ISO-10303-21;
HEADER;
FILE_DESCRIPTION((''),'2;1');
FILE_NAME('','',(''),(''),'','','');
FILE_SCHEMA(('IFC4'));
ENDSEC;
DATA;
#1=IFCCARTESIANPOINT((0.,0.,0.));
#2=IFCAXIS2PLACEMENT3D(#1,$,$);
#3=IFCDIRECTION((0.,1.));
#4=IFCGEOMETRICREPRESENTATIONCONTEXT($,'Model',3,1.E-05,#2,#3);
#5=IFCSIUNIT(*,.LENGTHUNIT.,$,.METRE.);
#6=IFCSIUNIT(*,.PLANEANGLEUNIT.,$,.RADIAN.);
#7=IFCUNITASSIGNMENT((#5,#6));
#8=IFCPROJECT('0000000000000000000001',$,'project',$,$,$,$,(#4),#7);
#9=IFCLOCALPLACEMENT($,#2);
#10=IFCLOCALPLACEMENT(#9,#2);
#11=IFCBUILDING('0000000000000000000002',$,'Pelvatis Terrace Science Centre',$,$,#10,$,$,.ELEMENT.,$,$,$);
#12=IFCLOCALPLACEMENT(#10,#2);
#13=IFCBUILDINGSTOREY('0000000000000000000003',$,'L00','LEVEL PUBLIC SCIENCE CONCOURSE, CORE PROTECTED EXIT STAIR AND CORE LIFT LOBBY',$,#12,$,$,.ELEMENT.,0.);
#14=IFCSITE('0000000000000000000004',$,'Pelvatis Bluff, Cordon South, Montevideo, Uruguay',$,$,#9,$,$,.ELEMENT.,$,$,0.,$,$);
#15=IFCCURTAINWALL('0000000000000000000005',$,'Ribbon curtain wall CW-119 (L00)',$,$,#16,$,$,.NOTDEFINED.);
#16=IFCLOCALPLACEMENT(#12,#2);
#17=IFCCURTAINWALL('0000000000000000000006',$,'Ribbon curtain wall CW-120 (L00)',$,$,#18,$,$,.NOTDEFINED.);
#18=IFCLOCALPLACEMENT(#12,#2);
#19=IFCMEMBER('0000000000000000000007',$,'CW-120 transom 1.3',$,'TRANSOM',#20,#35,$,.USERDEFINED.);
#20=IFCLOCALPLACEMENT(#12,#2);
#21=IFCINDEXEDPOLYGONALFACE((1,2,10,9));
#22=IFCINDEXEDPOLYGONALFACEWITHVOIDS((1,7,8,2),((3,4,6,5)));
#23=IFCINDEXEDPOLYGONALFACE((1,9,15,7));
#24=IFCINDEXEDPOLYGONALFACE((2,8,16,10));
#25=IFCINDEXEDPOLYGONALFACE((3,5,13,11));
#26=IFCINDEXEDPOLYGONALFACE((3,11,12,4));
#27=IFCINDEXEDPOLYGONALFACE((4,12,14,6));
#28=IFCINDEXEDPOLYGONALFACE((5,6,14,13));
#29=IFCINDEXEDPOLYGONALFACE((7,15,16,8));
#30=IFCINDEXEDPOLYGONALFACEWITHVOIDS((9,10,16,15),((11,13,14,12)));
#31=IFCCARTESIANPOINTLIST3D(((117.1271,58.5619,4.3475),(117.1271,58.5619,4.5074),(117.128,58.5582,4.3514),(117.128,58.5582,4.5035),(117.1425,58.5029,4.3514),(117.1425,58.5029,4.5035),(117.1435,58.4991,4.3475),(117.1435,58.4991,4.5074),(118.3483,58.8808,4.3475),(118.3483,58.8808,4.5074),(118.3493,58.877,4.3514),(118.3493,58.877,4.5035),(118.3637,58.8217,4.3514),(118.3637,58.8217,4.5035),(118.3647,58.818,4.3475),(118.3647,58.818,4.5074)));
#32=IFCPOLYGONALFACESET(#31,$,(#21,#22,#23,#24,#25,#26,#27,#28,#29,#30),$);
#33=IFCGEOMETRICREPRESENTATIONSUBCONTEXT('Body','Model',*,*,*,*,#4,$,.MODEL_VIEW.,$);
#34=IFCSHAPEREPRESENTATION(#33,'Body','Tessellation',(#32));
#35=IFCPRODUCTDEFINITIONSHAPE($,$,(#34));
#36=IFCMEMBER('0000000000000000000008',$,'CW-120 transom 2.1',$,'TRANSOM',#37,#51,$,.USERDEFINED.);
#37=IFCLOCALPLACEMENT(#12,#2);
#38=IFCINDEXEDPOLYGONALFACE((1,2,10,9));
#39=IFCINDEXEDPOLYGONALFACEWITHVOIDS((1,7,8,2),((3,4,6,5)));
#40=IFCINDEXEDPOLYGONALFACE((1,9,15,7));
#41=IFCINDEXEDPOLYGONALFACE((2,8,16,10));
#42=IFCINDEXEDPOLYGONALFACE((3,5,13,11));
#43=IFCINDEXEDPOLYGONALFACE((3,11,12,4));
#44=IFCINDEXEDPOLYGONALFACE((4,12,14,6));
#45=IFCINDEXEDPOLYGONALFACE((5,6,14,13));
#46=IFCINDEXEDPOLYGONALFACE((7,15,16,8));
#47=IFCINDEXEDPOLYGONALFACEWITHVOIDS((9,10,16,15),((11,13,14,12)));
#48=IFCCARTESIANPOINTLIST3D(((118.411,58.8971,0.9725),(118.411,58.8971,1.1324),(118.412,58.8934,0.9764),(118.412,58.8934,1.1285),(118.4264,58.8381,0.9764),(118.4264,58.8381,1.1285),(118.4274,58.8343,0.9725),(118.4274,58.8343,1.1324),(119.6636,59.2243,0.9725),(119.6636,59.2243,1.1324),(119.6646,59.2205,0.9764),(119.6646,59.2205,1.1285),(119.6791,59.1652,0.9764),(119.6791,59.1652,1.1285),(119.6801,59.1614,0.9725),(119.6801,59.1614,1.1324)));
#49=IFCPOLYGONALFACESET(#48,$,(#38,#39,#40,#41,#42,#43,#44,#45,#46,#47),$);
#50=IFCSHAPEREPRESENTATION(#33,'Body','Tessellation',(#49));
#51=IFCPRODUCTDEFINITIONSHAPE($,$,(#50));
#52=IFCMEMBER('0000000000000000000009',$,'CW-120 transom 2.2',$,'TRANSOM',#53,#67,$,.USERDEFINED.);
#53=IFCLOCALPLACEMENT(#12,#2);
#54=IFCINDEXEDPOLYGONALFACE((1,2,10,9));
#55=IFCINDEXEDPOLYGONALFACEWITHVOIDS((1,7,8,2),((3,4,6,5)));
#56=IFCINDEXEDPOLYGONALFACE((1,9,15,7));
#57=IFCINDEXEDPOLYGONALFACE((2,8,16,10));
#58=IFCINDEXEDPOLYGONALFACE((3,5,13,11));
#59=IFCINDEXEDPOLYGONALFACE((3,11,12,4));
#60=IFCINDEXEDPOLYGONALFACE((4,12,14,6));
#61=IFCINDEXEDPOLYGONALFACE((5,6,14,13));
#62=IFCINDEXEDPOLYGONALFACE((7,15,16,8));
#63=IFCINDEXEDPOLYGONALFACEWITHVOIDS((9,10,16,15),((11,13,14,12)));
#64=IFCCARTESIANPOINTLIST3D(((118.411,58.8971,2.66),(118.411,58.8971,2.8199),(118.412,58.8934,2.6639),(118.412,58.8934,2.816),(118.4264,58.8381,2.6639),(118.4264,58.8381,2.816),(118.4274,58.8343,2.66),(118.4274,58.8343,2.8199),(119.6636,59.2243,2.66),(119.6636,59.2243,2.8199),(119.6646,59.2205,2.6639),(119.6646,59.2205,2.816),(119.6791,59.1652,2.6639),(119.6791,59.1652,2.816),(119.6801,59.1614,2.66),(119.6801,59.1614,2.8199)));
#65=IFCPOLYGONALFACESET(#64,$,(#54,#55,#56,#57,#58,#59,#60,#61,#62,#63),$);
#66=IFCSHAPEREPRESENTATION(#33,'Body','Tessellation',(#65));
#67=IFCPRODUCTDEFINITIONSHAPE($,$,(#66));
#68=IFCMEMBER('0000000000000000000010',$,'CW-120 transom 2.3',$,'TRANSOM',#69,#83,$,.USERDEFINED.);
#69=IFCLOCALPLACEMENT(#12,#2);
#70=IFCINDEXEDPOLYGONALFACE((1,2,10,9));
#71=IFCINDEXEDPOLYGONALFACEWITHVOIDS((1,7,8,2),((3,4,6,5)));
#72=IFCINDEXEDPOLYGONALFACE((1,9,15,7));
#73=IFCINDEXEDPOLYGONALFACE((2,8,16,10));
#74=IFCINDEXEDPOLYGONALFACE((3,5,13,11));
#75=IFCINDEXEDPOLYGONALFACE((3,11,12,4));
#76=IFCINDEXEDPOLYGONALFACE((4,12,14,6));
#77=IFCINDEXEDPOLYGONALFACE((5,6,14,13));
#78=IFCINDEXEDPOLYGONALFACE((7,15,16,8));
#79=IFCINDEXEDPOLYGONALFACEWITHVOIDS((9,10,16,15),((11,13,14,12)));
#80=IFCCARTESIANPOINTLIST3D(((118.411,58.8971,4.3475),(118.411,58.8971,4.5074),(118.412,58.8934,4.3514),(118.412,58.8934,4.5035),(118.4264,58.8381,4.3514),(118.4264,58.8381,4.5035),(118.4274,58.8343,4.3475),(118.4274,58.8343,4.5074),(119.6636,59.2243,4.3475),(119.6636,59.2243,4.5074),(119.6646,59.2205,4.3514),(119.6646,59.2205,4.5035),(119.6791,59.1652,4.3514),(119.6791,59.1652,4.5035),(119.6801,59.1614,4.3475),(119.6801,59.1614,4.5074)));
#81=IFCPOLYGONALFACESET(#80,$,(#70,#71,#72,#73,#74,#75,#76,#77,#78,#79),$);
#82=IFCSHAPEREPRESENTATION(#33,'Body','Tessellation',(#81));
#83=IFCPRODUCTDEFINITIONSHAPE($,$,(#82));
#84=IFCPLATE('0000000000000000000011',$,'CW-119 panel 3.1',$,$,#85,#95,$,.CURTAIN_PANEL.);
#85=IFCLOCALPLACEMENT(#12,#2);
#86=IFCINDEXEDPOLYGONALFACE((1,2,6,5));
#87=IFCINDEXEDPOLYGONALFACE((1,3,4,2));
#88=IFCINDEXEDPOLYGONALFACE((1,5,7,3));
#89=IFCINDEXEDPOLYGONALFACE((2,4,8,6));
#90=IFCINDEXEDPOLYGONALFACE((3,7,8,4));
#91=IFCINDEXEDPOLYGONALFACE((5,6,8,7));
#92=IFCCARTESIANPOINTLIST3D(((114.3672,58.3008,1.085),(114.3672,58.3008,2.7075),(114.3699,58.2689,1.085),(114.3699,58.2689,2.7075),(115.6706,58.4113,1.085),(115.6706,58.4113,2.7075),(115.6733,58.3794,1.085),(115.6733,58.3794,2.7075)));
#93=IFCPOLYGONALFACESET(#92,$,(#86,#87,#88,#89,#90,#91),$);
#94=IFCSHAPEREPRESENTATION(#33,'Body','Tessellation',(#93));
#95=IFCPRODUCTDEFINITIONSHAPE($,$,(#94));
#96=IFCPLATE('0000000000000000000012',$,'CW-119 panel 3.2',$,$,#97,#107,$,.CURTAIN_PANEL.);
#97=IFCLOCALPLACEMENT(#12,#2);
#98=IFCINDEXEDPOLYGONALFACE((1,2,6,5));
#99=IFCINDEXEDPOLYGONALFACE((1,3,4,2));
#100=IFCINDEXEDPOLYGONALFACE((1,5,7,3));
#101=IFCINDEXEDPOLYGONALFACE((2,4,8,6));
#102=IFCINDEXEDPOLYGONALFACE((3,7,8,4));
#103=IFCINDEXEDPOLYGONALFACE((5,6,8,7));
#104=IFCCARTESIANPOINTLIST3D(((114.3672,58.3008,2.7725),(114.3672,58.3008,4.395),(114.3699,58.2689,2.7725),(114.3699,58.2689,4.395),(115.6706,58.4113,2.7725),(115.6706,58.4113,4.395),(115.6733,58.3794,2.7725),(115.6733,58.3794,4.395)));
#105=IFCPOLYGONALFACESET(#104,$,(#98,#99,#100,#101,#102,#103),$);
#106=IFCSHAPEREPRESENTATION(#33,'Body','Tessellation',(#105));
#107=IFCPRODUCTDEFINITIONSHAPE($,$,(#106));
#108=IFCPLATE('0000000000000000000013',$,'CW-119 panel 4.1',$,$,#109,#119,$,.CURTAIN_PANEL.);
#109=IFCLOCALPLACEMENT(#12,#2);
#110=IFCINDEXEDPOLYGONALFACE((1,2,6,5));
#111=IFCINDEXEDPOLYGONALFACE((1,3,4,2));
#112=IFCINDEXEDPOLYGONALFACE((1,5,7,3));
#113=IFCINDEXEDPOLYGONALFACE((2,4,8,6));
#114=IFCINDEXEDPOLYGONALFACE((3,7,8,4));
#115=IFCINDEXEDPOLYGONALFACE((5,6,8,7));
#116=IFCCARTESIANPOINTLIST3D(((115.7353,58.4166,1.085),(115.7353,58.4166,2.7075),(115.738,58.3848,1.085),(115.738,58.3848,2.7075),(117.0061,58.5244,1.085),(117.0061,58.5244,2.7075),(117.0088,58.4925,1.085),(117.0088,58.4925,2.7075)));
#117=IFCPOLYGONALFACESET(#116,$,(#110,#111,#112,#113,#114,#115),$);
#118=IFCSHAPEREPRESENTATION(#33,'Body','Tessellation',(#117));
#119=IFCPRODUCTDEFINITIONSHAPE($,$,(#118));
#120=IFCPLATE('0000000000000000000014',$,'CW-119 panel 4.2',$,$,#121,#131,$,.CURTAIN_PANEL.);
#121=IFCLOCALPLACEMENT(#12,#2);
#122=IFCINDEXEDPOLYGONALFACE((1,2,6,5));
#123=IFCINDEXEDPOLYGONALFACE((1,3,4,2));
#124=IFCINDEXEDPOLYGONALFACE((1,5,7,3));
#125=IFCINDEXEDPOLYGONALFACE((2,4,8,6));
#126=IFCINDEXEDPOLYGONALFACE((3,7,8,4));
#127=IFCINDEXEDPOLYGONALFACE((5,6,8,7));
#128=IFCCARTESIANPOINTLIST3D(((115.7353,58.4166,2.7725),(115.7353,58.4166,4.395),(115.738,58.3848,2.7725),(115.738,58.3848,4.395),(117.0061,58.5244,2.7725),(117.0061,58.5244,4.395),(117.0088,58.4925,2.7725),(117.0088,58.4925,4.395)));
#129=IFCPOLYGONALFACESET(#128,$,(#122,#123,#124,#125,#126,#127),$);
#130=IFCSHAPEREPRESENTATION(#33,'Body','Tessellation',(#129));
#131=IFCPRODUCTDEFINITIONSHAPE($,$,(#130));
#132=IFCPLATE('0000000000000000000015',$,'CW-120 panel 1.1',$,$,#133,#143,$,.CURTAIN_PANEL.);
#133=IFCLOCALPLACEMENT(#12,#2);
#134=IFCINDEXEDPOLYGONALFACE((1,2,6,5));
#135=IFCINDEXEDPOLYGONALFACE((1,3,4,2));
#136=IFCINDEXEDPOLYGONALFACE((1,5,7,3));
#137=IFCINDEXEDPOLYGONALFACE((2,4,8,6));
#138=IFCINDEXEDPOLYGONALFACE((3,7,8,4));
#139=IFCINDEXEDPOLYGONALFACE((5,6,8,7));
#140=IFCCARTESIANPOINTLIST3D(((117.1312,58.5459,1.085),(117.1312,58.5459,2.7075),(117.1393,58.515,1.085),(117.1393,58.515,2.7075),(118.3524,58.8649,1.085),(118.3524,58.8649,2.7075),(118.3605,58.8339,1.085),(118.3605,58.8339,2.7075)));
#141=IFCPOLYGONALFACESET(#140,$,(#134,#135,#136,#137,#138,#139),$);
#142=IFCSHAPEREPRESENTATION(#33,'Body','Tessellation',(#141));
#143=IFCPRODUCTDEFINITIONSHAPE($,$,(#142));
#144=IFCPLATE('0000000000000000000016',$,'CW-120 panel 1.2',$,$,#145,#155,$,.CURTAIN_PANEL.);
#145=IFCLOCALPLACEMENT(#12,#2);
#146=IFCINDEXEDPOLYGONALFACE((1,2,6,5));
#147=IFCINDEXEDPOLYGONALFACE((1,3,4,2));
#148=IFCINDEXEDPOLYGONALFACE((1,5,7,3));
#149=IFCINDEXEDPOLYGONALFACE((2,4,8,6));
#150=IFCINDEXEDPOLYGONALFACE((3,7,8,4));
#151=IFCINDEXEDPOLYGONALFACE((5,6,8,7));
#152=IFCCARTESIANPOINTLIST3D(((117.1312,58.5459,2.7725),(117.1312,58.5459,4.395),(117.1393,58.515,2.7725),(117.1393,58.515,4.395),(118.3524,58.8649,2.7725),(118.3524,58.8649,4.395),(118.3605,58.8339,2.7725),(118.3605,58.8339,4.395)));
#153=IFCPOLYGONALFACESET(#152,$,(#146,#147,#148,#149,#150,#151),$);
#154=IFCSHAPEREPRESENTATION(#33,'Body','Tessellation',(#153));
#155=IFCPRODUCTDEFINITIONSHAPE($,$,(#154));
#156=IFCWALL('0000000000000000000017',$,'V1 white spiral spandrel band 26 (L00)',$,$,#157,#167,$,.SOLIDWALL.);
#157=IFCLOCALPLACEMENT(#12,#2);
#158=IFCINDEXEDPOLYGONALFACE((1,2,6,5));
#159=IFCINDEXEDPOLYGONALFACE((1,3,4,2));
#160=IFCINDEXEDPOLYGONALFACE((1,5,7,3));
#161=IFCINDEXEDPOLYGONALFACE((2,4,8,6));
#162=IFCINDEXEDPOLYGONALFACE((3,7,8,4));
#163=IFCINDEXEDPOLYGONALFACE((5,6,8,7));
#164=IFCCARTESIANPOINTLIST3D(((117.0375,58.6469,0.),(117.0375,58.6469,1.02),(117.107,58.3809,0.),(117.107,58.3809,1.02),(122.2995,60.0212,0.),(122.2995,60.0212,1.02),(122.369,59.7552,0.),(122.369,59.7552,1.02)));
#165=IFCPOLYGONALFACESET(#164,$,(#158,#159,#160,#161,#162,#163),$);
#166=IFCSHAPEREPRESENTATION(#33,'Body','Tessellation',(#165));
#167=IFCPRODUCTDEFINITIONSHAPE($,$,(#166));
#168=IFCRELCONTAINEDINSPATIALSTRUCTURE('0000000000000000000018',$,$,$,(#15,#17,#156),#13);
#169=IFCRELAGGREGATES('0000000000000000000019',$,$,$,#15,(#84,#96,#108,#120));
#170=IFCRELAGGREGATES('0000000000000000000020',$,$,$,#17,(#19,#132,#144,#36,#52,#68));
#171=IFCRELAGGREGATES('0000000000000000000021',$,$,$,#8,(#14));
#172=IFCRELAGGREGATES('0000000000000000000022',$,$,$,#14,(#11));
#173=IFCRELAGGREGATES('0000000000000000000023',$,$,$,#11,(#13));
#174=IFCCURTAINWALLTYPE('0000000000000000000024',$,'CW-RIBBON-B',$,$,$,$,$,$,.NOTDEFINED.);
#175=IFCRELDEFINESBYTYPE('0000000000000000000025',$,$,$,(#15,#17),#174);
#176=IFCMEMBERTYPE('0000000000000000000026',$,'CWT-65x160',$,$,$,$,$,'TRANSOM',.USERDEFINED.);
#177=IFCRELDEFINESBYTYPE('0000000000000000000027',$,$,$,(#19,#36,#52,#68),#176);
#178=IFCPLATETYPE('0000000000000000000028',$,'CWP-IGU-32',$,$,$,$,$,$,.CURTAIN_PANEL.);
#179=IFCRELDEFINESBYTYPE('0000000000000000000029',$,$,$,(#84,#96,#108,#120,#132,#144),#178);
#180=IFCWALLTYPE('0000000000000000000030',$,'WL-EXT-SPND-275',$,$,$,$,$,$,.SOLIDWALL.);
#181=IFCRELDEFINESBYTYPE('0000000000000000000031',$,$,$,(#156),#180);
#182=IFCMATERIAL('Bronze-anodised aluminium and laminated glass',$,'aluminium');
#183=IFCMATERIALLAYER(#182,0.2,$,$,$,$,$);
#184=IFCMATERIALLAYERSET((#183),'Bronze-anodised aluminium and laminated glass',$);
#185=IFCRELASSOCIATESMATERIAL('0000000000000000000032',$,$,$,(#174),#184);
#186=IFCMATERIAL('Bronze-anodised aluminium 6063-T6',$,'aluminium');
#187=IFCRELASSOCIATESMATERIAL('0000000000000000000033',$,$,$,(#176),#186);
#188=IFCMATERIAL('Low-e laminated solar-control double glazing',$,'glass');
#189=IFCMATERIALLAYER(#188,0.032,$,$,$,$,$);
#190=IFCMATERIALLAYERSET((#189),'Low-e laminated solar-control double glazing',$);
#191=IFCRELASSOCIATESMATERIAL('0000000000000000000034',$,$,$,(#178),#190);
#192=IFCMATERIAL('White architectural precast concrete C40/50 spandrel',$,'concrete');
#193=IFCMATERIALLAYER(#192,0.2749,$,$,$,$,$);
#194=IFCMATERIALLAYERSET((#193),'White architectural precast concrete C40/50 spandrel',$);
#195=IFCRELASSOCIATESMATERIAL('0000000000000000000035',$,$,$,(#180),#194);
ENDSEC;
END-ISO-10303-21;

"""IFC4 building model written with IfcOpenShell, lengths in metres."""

from ifc_helpers import new_model, si_unit, direction, frame, frame_2d, origin, origin_2d, place, context, subcontext, project, spatial, rectangle, hollow_rectangle, extrude, material, layer, layer_set, material_profile, profile_set, type_object, element, aggregate, save


model = new_model("IFC4")

# Units and contexts
model_context = context("Model", 3, precision=1e-05, world=origin(), true_north=direction((0.0, 1.0)))
body_context = subcontext(model_context, "Body", "Model", "MODEL_VIEW")
ifc_project = project(units=[si_unit("LENGTHUNIT", "METRE"), si_unit("PLANEANGLEUNIT", "RADIAN")], contexts=[model_context])

# Site, building, storey
site_placement = place(None, origin())
site = spatial("IfcSite", under=ifc_project, at=site_placement, Name="Pelvatis Bluff, Cordon South, Montevideo, Uruguay", CompositionType="ELEMENT", RefElevation=0.0)
building_placement = place(site_placement, origin())
building = spatial("IfcBuilding", under=site, at=building_placement, Name="Pelvatis Terrace Science Centre", CompositionType="ELEMENT")
storey_placement = place(building_placement, origin())
storey = spatial("IfcBuildingStorey", under=building, at=storey_placement, Name="L00", Description="LEVEL PUBLIC SCIENCE CONCOURSE, CORE PROTECTED EXIT STAIR AND CORE LIFT LOBBY", CompositionType="ELEMENT", Elevation=0.0)

# Curtain walls
ifc_material_1 = material(Name="Bronze-anodised aluminium and laminated glass", Category="aluminium")
ifc_layer_1 = layer(ifc_material_1, 0.2)
ifc_layer_set_1 = layer_set([ifc_layer_1], Name="Bronze-anodised aluminium and laminated glass")
curtain_wall_type = type_object("IfcCurtainWallType", Name="CW-RIBBON-B", PredefinedType="NOTDEFINED", material=ifc_layer_set_1)
curtain_wall_1_placement = place(storey_placement, origin())
curtain_wall_1 = element("IfcCurtainWall", 1, at=curtain_wall_1_placement, inside=storey, type_object=curtain_wall_type, Name="Ribbon curtain wall CW-119 (L00)", PredefinedType="NOTDEFINED")
curtain_wall_2_placement = place(storey_placement, origin())
curtain_wall_2 = element("IfcCurtainWall", 2, at=curtain_wall_2_placement, inside=storey, type_object=curtain_wall_type, Name="Ribbon curtain wall CW-120 (L00)", PredefinedType="NOTDEFINED")

# Members
ifc_material_2 = material(Name="Bronze-anodised aluminium 6063-T6", Category="aluminium")
ifc_material_profile_1 = material_profile(ifc_material_2, hollow_rectangle(XDim=0.0649, YDim=0.1599, WallThickness=0.0039, at=origin_2d()), Name="ALU-TRN 65x160")
ifc_profile_set_1 = profile_set([ifc_material_profile_1], Name="Bronze-anodised aluminium 6063-T6")
member_type_1 = type_object("IfcMemberType", Name="CWT-65x160", ElementType="TRANSOM", PredefinedType="USERDEFINED", material=ifc_profile_set_1)
member_1_placement = place(storey_placement, frame((117.1353, 58.5305, 4.4275), z_axis=(0.967564, 0.252627, 0.0), x_axis=(-0.252627, 0.967564, 0.0)))
member_1 = element("IfcMember", 3, at=member_1_placement, type_object=member_type_1, Name="CW-120 transom 1.3", ObjectType="TRANSOM", PredefinedType="USERDEFINED", context=body_context, shape_type="SweptSolid", body=[
    extrude(hollow_rectangle(XDim=0.0649, YDim=0.1599, WallThickness=0.0039, at=origin_2d()), origin(), (0.0, 0.0, 1.0), 1.2622),
])
member_2_placement = place(storey_placement, frame((118.4192, 58.8657, 1.0525), z_axis=(0.967549, 0.252683, 0.0), x_axis=(-0.252683, 0.967549, 0.0)))
member_2 = element("IfcMember", 4, at=member_2_placement, type_object=member_type_1, Name="CW-120 transom 2.1", ObjectType="TRANSOM", PredefinedType="USERDEFINED", context=body_context, shape_type="SweptSolid", body=[
    extrude(hollow_rectangle(XDim=0.0649, YDim=0.1599, WallThickness=0.0039, at=origin_2d()), origin(), (0.0, 0.0, 1.0), 1.2947),
])
member_3_placement = place(storey_placement, frame((118.4192, 58.8657, 2.74), z_axis=(0.967549, 0.252683, 0.0), x_axis=(-0.252683, 0.967549, 0.0)))
member_3 = element("IfcMember", 5, at=member_3_placement, type_object=member_type_1, Name="CW-120 transom 2.2", ObjectType="TRANSOM", PredefinedType="USERDEFINED", context=body_context, shape_type="SweptSolid", body=[
    extrude(hollow_rectangle(XDim=0.0649, YDim=0.1599, WallThickness=0.0039, at=origin_2d()), origin(), (0.0, 0.0, 1.0), 1.2947),
])
member_4_placement = place(storey_placement, frame((118.4192, 58.8657, 4.4275), z_axis=(0.967549, 0.252683, 0.0), x_axis=(-0.252683, 0.967549, 0.0)))
member_4 = element("IfcMember", 6, at=member_4_placement, type_object=member_type_1, Name="CW-120 transom 2.3", ObjectType="TRANSOM", PredefinedType="USERDEFINED", context=body_context, shape_type="SweptSolid", body=[
    extrude(hollow_rectangle(XDim=0.0649, YDim=0.1599, WallThickness=0.0039, at=origin_2d()), origin(), (0.0, 0.0, 1.0), 1.2947),
])

# Plates
ifc_material_3 = material(Name="Low-e laminated solar-control double glazing", Category="glass")
ifc_layer_2 = layer(ifc_material_3, 0.032)
ifc_layer_set_2 = layer_set([ifc_layer_2], Name="Low-e laminated solar-control double glazing")
plate_type = type_object("IfcPlateType", Name="CWP-IGU-32", PredefinedType="CURTAIN_PANEL", material=ifc_layer_set_2)
plate_1_placement = place(storey_placement, frame((115.0203, 58.3401, 1.085), z_axis=(0.0, 0.0, 1.0), x_axis=(0.996425, 0.084488, 0.0)))
plate_1 = element("IfcPlate", 7, at=plate_1_placement, type_object=plate_type, Name="CW-119 panel 3.1", PredefinedType="CURTAIN_PANEL", context=body_context, shape_type="SweptSolid", body=[
    extrude(rectangle(XDim=1.3081, YDim=0.032, at=origin_2d()), origin(), (0.0, 0.0, 1.0), 1.6226),
])
plate_2_placement = place(storey_placement, frame((115.0203, 58.3401, 2.7725), z_axis=(0.0, 0.0, 1.0), x_axis=(0.996425, 0.084488, 0.0)))
plate_2 = element("IfcPlate", 8, at=plate_2_placement, type_object=plate_type, Name="CW-119 panel 3.2", PredefinedType="CURTAIN_PANEL", context=body_context, shape_type="SweptSolid", body=[
    extrude(rectangle(XDim=1.3081, YDim=0.032, at=origin_2d()), origin(), (0.0, 0.0, 1.0), 1.6226),
])
plate_3_placement = place(storey_placement, frame((116.3721, 58.4546, 1.085), z_axis=(0.0, 0.0, 1.0), x_axis=(0.996425, 0.084488, 0.0)))
plate_3 = element("IfcPlate", 9, at=plate_3_placement, type_object=plate_type, Name="CW-119 panel 4.1", PredefinedType="CURTAIN_PANEL", context=body_context, shape_type="SweptSolid", body=[
    extrude(rectangle(XDim=1.2754, YDim=0.032, at=origin_2d()), origin(), (0.0, 0.0, 1.0), 1.6226),
])
plate_4_placement = place(storey_placement, frame((116.3721, 58.4546, 2.7725), z_axis=(0.0, 0.0, 1.0), x_axis=(0.996425, 0.084488, 0.0)))
plate_4 = element("IfcPlate", 10, at=plate_4_placement, type_object=plate_type, Name="CW-119 panel 4.2", PredefinedType="CURTAIN_PANEL", context=body_context, shape_type="SweptSolid", body=[
    extrude(rectangle(XDim=1.2754, YDim=0.032, at=origin_2d()), origin(), (0.0, 0.0, 1.0), 1.6226),
])
aggregate(curtain_wall_1, [plate_1, plate_2, plate_3, plate_4])
plate_5_placement = place(storey_placement, frame((117.7458, 58.6899, 1.085), z_axis=(0.0, 0.0, 1.0), x_axis=(0.967545, 0.252698, 0.0)))
plate_5 = element("IfcPlate", 11, at=plate_5_placement, type_object=plate_type, Name="CW-120 panel 1.1", PredefinedType="CURTAIN_PANEL", context=body_context, shape_type="SweptSolid", body=[
    extrude(rectangle(XDim=1.2622, YDim=0.032, at=origin_2d()), origin(), (0.0, 0.0, 1.0), 1.6226),
])
plate_6_placement = place(storey_placement, frame((117.7458, 58.6899, 2.7725), z_axis=(0.0, 0.0, 1.0), x_axis=(0.967545, 0.252698, 0.0)))
plate_6 = element("IfcPlate", 12, at=plate_6_placement, type_object=plate_type, Name="CW-120 panel 1.2", PredefinedType="CURTAIN_PANEL", context=body_context, shape_type="SweptSolid", body=[
    extrude(rectangle(XDim=1.2622, YDim=0.032, at=origin_2d()), origin(), (0.0, 0.0, 1.0), 1.6226),
])
aggregate(curtain_wall_2, [member_1, plate_5, plate_6, member_2, member_3, member_4])

# Wall
ifc_material_4 = material(Name="White architectural precast concrete C40/50 spandrel", Category="concrete")
ifc_layer_3 = layer(ifc_material_4, 0.2749)
ifc_layer_set_3 = layer_set([ifc_layer_3], Name="White architectural precast concrete C40/50 spandrel")
wall_type = type_object("IfcWallType", Name="WL-EXT-SPND-275", PredefinedType="SOLIDWALL", material=ifc_layer_set_3)
wall_placement = place(storey_placement, frame((117.0723, 58.5139, 0.0), z_axis=(0.0, 0.0, 1.0), x_axis=(0.967546, 0.252694, 0.0)))
element("IfcWall", 13, at=wall_placement, inside=storey, type_object=wall_type, Name="V1 white spiral spandrel band 26 (L00)", PredefinedType="SOLIDWALL", context=body_context, shape_type="SweptSolid", body=[
    extrude(rectangle(XDim=5.4385, YDim=0.2749, at=frame_2d((2.7192, 0.0))), origin(), (0.0, 0.0, 1.0), 1.02),
])

save(model, "model.ifc")
